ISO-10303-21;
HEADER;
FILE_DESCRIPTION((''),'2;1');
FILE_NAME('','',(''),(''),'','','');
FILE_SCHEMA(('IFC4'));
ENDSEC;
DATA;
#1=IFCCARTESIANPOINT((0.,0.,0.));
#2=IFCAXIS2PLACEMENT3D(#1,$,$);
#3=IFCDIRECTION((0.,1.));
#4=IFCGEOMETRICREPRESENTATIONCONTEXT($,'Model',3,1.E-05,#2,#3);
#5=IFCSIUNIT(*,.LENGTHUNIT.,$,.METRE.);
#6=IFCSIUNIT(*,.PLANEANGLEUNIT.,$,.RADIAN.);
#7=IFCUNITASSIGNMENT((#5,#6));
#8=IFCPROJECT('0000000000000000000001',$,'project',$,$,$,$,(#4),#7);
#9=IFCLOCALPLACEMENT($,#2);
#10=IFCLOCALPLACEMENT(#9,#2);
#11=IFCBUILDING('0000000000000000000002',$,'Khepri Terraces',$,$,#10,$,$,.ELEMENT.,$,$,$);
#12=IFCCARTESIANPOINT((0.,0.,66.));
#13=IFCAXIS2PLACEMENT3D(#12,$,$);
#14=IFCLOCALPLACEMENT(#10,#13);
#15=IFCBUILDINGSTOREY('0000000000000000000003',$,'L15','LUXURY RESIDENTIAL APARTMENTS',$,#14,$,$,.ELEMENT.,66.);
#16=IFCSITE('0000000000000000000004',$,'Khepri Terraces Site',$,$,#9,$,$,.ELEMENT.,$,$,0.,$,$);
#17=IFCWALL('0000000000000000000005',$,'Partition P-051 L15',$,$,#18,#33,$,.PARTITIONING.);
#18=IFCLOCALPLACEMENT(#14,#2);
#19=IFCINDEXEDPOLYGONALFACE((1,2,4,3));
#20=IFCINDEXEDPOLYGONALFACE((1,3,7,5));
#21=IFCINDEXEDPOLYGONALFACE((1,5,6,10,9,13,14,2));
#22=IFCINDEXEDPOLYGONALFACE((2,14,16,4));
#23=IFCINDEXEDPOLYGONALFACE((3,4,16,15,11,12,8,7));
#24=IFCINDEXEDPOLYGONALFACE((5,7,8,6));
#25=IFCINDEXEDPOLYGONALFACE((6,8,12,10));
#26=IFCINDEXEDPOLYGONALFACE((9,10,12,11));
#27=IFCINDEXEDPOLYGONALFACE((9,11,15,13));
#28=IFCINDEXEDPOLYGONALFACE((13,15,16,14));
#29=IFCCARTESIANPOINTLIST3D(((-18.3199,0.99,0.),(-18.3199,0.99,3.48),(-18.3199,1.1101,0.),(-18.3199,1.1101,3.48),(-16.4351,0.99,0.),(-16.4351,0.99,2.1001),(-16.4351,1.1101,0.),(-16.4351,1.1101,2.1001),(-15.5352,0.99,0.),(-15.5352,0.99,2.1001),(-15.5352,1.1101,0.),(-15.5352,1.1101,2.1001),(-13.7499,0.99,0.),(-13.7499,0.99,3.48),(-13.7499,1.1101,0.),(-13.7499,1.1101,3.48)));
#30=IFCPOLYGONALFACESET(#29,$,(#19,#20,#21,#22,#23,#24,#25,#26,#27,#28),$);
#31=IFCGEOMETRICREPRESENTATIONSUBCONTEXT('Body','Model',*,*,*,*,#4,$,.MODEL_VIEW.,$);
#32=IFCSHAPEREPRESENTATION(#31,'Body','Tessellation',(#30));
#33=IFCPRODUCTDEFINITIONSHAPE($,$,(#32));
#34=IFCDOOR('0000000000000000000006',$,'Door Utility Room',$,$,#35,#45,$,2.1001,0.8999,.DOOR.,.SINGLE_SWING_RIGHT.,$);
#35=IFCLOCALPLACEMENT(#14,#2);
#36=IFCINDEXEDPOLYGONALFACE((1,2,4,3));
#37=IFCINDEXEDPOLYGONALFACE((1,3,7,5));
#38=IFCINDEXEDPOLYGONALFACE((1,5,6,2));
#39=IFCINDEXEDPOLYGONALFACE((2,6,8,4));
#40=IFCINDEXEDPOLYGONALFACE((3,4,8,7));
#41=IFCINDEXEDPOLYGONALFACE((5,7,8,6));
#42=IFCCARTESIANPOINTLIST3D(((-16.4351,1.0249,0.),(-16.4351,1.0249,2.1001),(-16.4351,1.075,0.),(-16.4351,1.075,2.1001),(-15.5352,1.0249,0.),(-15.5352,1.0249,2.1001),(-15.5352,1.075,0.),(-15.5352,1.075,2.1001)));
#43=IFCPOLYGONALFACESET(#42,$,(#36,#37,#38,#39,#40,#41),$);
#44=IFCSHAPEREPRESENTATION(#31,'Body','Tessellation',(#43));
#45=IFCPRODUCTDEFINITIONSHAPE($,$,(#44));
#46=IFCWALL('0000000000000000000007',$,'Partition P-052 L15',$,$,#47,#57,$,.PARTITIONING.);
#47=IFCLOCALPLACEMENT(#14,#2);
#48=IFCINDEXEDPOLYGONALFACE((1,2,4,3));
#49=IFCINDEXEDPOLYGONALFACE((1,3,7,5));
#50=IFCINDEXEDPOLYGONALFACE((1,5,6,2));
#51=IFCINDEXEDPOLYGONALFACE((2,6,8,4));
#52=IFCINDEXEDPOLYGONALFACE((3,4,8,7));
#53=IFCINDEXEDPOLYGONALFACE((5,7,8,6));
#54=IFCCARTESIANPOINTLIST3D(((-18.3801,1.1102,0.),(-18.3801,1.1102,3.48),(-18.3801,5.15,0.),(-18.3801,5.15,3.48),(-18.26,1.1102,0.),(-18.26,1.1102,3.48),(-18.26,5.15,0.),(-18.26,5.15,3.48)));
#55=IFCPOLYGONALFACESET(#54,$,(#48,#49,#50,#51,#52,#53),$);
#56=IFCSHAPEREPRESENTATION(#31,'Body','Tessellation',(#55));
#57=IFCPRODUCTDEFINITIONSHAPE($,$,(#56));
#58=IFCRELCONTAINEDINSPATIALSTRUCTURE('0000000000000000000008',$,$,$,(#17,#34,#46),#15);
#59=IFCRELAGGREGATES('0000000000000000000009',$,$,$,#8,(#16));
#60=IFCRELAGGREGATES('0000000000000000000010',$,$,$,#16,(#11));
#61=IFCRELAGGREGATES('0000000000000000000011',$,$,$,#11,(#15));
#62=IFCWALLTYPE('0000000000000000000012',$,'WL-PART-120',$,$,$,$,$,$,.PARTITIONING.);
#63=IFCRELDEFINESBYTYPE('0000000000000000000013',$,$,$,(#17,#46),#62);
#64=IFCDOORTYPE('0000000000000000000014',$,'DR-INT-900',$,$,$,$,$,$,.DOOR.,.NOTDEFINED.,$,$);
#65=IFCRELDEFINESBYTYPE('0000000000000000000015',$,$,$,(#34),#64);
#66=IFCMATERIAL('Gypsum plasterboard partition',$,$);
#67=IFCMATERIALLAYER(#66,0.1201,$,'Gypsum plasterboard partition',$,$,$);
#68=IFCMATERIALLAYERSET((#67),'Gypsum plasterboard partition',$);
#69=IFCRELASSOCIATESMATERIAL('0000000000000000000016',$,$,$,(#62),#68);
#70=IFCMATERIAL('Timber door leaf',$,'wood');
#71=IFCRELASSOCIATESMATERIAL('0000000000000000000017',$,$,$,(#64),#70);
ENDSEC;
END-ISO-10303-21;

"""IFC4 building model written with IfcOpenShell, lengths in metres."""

from ifc_helpers import new_model, si_unit, direction, frame, frame_2d, origin, place, context, subcontext, project, spatial, rectangle, extrude, material, layer, layer_set, type_object, element, fill, save


model = new_model("IFC4")

# Units and contexts
model_context = context("Model", 3, precision=1e-05, world=origin(), true_north=direction((0.0, 1.0)))
body_context = subcontext(model_context, "Body", "Model", "MODEL_VIEW")
ifc_project = project(units=[si_unit("LENGTHUNIT", "METRE"), si_unit("PLANEANGLEUNIT", "RADIAN")], contexts=[model_context])

# Site, building, storey
site_placement = place(None, origin())
site = spatial("IfcSite", under=ifc_project, at=site_placement, Name="Khepri Terraces Site", CompositionType="ELEMENT", RefElevation=0.0)
building_placement = place(site_placement, origin())
building = spatial("IfcBuilding", under=site, at=building_placement, Name="Khepri Terraces", CompositionType="ELEMENT")
storey_placement = place(building_placement, frame((0.0, 0.0, 66.0)))
storey = spatial("IfcBuildingStorey", under=building, at=storey_placement, Name="L15", Description="LUXURY RESIDENTIAL APARTMENTS", CompositionType="ELEMENT", Elevation=66.0)

# Shared definitions
ifc_material_1 = material(Name="Gypsum plasterboard partition")
ifc_layer_1 = layer(ifc_material_1, 0.1201, Name="Gypsum plasterboard partition")
ifc_layer_set_1 = layer_set([ifc_layer_1], Name="Gypsum plasterboard partition")
wall_type_1 = type_object("IfcWallType", Name="WL-PART-120", PredefinedType="PARTITIONING", material=ifc_layer_set_1)
ifc_material_2 = material(Name="Timber door leaf", Category="wood")
door_type_1 = type_object("IfcDoorType", Name="DR-INT-900", OperationType="NOTDEFINED", PredefinedType="DOOR", material=ifc_material_2)

# Wall, opening, door
wall_1_placement = place(storey_placement, frame((-18.3201, 1.05, 0.0), z_axis=(0.0, 0.0, 1.0), x_axis=(1.0, 0.0, 0.0)))
wall_1 = element("IfcWall", 1, at=wall_1_placement, inside=storey, type_object=wall_type_1, Name="Partition P-051 L15", PredefinedType="PARTITIONING", context=body_context, shape_type="SweptSolid", body=[
    extrude(rectangle(XDim=4.5701, YDim=0.1201, at=frame_2d((2.2852, 0.0))), origin(), (0.0, 0.0, 1.0), 3.48),
])
opening_1_placement = place(wall_1_placement, frame((1.885, 0.0, 0.0)))
opening_1 = element("IfcOpeningElement", 2, at=opening_1_placement, cuts=wall_1, PredefinedType="OPENING", context=body_context, shape_type="SweptSolid", body=[
    extrude(rectangle(XDim=0.8999, YDim=2.1001, at=frame_2d((0.45, 1.05))), frame((0.0, 0.0701, 0.0), z_axis=(0.0, -1.0, 0.0), x_axis=(1.0, 0.0, 0.0)), (0.0, 0.0, 1.0), 0.1401),
])
door_1_placement = place(opening_1_placement, origin())
door_1 = element("IfcDoor", 3, at=door_1_placement, inside=storey, type_object=door_type_1, Name="Door Utility Room", OperationType="SINGLE_SWING_RIGHT", OverallHeight=2.1001, OverallWidth=0.8999, PredefinedType="DOOR", context=body_context, shape_type="SweptSolid", body=[
    extrude(rectangle(XDim=0.8999, YDim=2.1001, at=frame_2d((0.45, 1.05))), frame((0.0, 0.0249, 0.0), z_axis=(0.0, -1.0, 0.0), x_axis=(1.0, 0.0, 0.0)), (0.0, 0.0, 1.0), 0.05),
])
fill(opening_1, door_1)

# Wall
wall_2_placement = place(storey_placement, frame((-18.3201, 1.1101, 0.0), z_axis=(0.0, 0.0, 1.0), x_axis=(0.0, 1.0, 0.0)))
element("IfcWall", 4, at=wall_2_placement, inside=storey, type_object=wall_type_1, Name="Partition P-052 L15", PredefinedType="PARTITIONING", context=body_context, shape_type="SweptSolid", body=[
    extrude(rectangle(XDim=4.0398, YDim=0.1201, at=frame_2d((2.02, 0.0))), origin(), (0.0, 0.0, 1.0), 3.48),
])

save(model, "model.ifc")
